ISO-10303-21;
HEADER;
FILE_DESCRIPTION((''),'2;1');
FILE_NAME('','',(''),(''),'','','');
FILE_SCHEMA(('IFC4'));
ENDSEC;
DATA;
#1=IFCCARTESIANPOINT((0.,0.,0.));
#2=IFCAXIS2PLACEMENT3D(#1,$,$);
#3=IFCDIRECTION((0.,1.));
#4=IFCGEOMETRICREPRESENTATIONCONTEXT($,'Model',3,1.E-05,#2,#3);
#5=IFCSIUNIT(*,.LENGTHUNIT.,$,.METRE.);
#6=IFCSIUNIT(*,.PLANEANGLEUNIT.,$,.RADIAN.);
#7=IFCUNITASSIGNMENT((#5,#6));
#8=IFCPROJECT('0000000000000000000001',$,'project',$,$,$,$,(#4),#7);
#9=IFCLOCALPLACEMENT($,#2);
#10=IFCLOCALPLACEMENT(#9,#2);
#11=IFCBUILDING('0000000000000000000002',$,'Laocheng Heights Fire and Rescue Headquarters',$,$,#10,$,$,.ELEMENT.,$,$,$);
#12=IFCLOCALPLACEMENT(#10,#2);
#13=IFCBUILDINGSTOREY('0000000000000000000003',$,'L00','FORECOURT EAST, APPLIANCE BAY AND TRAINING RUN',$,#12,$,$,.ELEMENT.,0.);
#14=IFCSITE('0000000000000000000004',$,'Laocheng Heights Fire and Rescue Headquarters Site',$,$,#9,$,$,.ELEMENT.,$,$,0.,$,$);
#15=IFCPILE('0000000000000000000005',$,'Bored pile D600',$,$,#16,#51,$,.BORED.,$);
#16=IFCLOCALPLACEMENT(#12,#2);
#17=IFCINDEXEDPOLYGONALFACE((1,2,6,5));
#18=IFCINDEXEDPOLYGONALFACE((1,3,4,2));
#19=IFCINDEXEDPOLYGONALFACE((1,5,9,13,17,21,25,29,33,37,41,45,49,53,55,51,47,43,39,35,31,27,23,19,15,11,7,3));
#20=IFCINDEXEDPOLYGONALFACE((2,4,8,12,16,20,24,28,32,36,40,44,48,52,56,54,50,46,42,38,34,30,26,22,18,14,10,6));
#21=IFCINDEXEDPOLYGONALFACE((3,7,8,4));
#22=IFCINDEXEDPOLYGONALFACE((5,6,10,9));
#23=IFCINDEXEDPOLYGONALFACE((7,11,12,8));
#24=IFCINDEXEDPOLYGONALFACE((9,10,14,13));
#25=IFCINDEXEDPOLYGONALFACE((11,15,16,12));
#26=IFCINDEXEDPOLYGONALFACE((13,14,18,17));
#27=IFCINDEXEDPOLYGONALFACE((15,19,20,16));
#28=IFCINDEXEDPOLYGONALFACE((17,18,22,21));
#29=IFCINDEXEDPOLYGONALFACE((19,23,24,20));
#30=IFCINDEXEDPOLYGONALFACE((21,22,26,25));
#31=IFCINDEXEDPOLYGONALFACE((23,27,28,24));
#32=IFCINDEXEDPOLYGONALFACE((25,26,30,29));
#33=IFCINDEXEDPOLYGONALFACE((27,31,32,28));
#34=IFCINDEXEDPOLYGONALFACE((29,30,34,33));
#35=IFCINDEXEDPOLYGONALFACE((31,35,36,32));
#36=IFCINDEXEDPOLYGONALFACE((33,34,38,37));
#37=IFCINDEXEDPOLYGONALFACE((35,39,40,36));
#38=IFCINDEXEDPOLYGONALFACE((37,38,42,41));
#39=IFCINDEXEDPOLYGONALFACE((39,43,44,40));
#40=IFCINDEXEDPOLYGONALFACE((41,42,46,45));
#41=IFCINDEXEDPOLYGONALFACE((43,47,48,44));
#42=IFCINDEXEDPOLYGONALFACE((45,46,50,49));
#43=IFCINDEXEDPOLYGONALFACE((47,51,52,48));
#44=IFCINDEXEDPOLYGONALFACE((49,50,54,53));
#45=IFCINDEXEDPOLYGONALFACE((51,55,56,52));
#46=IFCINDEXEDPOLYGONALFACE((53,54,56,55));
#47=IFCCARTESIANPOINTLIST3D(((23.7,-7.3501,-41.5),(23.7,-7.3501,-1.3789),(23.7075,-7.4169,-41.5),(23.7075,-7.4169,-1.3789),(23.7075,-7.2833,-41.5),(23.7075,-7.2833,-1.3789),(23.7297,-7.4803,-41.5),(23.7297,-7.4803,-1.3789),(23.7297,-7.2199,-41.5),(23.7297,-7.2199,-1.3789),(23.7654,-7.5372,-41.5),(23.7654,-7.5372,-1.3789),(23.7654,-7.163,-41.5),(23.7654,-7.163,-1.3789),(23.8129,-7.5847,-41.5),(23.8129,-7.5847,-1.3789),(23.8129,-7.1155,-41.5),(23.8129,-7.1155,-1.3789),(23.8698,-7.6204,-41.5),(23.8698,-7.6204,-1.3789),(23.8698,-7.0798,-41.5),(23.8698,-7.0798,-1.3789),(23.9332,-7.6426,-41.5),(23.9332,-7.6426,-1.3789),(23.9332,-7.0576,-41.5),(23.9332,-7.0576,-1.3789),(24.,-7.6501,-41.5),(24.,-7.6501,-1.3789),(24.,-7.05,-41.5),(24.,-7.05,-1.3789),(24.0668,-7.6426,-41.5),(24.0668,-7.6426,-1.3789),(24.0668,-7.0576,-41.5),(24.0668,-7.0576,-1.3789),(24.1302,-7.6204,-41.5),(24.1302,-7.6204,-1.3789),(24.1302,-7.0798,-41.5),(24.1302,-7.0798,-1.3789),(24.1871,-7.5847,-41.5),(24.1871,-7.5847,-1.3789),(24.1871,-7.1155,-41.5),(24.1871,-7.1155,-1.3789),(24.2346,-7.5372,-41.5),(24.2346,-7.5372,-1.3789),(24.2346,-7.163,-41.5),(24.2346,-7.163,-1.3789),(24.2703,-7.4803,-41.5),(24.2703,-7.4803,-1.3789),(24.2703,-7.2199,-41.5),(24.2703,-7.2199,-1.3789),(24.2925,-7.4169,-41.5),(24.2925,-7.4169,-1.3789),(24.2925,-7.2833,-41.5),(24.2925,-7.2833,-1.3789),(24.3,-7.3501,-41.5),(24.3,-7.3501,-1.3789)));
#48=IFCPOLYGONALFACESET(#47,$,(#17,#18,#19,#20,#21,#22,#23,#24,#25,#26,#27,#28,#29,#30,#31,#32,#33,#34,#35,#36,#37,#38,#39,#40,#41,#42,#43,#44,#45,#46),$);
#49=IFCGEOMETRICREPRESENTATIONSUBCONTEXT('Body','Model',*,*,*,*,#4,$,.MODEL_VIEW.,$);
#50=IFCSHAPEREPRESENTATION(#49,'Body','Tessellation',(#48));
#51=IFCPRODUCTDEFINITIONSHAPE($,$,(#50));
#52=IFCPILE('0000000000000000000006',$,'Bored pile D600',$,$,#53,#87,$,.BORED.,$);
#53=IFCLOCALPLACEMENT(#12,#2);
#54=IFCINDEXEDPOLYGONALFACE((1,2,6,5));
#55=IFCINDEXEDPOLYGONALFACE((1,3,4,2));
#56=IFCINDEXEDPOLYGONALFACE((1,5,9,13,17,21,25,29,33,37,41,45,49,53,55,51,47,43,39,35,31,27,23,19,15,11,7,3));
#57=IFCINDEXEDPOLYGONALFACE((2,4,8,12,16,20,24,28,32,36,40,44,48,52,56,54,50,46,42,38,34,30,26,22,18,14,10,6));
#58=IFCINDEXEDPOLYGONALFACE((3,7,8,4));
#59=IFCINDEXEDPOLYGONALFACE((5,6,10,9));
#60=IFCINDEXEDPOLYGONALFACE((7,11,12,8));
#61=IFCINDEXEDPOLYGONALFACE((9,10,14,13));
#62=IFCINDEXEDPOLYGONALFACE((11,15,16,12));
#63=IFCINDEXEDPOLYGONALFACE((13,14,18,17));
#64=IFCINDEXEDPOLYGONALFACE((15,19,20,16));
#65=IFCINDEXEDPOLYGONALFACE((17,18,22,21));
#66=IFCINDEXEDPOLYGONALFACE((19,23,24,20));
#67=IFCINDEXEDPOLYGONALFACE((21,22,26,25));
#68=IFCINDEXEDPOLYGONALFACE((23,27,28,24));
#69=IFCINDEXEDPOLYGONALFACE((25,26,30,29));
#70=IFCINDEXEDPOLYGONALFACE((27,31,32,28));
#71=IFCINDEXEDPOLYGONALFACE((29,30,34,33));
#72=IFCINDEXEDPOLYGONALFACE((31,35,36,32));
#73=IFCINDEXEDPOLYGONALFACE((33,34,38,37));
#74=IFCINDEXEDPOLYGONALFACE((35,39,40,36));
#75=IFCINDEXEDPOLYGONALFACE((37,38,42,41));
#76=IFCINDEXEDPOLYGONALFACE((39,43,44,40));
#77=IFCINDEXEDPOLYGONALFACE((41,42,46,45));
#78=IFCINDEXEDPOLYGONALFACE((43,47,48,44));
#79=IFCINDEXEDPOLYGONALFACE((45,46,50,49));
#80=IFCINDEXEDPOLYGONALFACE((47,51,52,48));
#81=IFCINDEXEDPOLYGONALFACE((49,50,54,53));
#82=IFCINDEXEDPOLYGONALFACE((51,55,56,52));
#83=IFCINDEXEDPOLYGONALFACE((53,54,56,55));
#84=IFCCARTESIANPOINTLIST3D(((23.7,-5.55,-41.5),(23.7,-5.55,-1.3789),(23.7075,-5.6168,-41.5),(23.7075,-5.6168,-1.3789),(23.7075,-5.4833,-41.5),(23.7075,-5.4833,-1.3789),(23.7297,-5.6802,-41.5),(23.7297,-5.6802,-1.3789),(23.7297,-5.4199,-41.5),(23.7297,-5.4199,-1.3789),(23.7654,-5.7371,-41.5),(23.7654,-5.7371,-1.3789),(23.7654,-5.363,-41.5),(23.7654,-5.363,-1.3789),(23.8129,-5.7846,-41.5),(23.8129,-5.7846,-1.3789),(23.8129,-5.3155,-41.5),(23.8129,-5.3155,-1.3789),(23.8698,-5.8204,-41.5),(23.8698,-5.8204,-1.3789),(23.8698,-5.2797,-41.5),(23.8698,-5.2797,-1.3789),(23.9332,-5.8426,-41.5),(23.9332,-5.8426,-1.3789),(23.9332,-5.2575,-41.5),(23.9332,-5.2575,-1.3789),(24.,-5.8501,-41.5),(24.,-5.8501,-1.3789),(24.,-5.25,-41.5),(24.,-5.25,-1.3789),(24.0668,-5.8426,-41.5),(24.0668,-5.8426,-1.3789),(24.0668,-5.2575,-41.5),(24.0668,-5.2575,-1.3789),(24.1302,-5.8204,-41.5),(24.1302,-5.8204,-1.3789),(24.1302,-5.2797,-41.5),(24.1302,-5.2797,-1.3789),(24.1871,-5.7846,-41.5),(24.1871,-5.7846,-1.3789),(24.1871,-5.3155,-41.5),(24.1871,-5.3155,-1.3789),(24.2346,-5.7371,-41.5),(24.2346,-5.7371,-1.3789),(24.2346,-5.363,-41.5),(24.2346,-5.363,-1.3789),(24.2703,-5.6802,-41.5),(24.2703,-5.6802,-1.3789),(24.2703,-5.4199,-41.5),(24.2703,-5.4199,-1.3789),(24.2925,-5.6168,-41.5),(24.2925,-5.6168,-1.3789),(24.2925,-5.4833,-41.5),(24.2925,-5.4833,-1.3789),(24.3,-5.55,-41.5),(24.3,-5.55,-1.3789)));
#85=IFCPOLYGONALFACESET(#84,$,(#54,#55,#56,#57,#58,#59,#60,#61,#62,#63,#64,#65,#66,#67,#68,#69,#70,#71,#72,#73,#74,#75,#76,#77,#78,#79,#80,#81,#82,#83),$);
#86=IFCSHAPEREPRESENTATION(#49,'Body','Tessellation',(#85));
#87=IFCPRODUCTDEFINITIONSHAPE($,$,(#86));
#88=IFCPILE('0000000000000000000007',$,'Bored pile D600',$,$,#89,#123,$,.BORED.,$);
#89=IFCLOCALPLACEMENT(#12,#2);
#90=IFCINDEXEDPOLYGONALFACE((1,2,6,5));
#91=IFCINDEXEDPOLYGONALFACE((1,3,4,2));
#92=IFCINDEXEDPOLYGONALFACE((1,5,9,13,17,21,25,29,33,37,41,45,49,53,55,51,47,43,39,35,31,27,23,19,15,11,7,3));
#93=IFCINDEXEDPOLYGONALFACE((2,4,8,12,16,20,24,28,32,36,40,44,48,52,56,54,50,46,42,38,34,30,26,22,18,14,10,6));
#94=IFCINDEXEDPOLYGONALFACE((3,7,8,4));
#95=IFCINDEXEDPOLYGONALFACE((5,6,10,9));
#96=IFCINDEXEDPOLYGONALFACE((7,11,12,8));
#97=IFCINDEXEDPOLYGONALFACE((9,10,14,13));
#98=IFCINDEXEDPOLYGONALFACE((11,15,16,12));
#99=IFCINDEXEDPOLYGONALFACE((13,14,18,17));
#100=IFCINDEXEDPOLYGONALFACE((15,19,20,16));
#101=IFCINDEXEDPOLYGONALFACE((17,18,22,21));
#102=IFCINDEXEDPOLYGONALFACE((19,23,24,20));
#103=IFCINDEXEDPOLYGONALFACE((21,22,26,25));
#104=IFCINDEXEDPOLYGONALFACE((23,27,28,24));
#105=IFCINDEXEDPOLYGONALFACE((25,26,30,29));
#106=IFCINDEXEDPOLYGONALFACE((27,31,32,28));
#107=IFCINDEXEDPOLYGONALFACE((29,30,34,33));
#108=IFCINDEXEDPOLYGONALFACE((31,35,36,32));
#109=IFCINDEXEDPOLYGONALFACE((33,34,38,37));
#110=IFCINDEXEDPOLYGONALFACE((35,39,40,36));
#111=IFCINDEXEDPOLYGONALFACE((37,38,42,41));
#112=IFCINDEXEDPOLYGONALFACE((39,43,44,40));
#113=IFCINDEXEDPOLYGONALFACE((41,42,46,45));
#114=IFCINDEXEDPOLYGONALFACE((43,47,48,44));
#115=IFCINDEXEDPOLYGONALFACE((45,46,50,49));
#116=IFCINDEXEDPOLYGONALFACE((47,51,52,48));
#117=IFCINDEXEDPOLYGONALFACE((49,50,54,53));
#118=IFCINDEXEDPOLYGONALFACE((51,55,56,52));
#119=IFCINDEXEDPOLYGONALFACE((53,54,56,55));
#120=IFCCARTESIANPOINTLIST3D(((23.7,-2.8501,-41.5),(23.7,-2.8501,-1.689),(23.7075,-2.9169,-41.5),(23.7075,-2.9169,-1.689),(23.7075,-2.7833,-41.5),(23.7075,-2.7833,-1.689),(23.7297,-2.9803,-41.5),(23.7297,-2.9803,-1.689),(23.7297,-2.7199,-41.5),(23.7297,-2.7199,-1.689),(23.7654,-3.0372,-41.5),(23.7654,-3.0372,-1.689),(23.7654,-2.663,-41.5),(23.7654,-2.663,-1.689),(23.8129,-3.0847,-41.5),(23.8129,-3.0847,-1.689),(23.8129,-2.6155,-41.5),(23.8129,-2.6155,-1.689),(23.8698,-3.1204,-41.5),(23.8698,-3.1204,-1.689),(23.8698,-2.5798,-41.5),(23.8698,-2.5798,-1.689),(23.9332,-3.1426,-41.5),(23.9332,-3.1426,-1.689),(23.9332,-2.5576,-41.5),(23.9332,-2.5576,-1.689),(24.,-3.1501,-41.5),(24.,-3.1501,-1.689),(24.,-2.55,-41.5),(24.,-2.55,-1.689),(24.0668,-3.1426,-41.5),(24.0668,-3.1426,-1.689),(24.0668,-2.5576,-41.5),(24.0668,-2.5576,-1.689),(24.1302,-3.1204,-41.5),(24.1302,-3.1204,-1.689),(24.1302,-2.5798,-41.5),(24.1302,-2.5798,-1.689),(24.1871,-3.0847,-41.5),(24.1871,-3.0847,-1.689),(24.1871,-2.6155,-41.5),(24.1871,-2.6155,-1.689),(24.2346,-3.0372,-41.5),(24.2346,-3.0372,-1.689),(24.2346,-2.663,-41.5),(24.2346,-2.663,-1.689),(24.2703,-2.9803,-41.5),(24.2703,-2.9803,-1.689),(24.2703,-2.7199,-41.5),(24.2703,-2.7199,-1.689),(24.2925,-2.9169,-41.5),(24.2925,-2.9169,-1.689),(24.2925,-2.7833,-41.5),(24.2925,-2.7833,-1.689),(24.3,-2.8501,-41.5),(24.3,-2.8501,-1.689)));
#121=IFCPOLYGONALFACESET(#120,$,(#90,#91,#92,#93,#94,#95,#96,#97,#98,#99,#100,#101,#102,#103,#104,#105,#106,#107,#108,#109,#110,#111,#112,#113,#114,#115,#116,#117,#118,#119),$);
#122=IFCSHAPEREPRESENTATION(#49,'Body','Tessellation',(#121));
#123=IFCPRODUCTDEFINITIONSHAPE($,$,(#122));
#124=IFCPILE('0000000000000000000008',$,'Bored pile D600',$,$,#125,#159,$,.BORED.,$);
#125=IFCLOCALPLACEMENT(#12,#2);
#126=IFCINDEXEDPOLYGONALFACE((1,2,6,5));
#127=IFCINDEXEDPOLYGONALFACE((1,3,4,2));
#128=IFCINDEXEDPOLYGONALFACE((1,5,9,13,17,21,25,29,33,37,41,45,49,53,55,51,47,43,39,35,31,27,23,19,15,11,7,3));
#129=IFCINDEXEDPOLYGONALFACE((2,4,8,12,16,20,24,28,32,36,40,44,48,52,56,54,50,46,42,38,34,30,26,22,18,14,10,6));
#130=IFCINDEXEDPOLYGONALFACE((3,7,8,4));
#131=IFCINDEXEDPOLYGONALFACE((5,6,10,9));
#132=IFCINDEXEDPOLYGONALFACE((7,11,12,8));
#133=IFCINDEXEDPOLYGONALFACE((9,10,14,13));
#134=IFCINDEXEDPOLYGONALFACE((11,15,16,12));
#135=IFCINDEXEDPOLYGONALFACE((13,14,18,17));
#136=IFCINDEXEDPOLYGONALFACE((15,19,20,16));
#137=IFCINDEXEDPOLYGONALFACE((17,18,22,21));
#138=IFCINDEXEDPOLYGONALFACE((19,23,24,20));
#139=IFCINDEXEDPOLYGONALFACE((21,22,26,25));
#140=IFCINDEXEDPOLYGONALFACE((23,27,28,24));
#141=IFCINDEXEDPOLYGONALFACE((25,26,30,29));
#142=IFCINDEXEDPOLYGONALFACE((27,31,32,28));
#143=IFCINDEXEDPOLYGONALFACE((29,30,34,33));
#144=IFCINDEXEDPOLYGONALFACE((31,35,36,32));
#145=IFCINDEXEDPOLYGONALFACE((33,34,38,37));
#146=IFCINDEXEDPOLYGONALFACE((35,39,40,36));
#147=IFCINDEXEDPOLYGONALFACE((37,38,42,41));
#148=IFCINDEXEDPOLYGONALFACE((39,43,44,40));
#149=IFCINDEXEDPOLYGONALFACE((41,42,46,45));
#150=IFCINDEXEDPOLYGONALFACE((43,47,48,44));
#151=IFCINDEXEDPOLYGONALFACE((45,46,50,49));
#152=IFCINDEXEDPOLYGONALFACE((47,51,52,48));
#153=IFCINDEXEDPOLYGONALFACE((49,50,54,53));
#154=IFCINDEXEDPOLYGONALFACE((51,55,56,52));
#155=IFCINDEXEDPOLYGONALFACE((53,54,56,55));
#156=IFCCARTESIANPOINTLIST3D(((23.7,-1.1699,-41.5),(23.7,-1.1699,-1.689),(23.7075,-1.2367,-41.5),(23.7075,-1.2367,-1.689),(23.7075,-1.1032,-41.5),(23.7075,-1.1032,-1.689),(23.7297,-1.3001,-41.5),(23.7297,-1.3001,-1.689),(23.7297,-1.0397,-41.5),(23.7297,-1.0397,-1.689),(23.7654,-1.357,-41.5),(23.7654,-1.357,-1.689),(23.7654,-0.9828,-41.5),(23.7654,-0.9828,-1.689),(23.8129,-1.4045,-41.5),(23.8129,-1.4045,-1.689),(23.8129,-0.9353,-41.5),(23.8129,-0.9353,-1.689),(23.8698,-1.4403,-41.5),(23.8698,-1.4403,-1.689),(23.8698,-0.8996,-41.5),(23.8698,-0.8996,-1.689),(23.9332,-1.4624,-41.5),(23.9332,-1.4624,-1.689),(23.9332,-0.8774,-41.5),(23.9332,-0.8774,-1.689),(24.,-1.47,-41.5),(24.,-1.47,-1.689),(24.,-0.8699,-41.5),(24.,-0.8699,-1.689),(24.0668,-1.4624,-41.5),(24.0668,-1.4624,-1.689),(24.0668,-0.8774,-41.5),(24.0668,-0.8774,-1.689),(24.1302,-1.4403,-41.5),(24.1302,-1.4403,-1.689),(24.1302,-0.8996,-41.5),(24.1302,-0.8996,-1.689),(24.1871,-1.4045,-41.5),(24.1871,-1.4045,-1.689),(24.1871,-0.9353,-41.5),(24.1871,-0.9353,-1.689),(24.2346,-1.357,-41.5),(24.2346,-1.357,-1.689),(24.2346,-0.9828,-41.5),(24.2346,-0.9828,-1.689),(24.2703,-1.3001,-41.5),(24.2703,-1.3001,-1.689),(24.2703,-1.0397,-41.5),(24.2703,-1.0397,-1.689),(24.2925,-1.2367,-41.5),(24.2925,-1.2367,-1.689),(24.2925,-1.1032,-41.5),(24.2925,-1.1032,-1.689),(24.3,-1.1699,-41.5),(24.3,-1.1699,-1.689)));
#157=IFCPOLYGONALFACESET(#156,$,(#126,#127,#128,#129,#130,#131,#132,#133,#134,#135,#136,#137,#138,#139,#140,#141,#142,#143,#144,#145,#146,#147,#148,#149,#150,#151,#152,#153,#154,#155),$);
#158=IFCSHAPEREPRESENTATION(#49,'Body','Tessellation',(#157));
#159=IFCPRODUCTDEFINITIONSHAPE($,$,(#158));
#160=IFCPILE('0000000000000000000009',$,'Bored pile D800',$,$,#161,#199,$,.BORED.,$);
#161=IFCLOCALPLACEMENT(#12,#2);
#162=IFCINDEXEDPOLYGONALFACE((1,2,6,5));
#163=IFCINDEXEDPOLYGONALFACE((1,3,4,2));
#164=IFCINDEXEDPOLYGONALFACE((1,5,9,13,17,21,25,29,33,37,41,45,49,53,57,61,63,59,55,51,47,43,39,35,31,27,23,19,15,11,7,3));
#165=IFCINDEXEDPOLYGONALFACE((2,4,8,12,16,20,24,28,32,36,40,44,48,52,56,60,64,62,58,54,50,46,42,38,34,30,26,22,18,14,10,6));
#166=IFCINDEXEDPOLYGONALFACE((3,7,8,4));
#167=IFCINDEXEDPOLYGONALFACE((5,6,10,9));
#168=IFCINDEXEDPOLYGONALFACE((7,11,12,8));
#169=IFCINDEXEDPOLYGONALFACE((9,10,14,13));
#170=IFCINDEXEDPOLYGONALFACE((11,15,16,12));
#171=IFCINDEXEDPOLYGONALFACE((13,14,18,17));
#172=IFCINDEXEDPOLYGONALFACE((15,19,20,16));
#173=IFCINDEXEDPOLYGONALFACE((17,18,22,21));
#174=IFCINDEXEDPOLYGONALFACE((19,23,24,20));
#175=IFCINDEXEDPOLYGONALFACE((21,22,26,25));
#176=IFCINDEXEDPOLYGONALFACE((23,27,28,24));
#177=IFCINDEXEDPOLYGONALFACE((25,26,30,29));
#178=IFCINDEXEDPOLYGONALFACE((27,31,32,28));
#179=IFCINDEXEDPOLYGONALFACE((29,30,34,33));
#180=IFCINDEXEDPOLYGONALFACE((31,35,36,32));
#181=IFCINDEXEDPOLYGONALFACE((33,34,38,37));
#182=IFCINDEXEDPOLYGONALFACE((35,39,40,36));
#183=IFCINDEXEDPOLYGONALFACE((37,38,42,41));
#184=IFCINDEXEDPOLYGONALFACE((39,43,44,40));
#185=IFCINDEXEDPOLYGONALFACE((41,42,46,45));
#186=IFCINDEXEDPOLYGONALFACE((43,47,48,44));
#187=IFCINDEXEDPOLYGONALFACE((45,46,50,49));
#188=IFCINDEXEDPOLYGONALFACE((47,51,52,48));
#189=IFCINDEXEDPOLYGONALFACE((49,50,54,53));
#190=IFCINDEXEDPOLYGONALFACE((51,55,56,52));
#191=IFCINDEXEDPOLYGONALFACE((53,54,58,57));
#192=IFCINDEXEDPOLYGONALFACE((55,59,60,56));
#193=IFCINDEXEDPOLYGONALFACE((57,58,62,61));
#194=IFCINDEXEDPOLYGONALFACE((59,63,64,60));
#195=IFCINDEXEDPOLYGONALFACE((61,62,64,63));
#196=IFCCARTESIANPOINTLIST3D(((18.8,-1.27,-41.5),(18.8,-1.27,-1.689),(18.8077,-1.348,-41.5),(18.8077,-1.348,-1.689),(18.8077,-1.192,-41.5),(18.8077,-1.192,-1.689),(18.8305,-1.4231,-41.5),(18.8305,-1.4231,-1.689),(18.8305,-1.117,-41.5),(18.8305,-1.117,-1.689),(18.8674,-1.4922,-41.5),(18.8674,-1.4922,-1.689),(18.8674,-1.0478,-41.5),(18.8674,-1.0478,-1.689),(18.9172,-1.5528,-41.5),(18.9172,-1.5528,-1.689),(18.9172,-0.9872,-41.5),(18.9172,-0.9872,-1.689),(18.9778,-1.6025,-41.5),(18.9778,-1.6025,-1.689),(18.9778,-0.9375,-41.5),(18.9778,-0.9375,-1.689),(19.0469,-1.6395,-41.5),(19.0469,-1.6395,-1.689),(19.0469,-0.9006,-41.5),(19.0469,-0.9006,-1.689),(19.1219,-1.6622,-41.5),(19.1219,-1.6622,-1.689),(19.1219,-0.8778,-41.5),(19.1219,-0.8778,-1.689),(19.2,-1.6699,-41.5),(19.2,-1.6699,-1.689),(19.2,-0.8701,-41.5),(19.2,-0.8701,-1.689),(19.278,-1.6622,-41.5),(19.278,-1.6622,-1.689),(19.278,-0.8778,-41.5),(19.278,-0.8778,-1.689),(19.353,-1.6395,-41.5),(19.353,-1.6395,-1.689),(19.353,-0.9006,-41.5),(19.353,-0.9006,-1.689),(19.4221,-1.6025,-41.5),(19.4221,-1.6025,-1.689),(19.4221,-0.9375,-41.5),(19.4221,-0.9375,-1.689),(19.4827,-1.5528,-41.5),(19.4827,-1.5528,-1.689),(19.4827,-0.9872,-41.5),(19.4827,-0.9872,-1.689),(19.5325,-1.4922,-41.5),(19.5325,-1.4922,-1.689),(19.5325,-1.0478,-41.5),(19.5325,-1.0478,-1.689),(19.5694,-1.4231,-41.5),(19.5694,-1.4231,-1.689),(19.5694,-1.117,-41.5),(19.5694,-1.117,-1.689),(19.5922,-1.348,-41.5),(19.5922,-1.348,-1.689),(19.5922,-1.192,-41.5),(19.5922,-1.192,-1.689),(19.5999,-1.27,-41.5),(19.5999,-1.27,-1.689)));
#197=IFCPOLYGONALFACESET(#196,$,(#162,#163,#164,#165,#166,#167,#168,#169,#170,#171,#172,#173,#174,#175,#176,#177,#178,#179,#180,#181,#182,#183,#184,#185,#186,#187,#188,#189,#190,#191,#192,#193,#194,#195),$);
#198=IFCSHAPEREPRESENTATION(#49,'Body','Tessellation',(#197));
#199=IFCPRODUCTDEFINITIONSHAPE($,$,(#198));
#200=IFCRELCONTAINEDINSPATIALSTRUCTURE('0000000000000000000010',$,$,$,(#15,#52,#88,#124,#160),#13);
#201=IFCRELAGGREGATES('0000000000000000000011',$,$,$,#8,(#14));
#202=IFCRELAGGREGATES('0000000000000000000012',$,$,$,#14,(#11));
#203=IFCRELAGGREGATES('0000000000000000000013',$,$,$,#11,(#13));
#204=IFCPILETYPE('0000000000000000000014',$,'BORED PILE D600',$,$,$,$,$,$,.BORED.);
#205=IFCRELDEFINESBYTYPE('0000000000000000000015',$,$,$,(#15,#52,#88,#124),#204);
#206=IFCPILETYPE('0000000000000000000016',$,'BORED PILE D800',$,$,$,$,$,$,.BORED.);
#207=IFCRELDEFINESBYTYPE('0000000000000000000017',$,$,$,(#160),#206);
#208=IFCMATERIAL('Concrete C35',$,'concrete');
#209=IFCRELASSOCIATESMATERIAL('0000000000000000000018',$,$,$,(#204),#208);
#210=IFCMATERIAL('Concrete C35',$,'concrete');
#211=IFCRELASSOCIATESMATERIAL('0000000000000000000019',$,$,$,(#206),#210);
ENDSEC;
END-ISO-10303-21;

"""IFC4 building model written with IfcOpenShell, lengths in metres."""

from ifc_helpers import new_model, si_unit, direction, frame, origin, origin_2d, place, context, subcontext, project, spatial, circle, extrude, material, material_profile, profile_set, type_object, element, save


model = new_model("IFC4")

# Units and contexts
model_context = context("Model", 3, precision=1e-05, world=origin(), true_north=direction((0.0, 1.0)))
body_context = subcontext(model_context, "Body", "Model", "MODEL_VIEW")
ifc_project = project(units=[si_unit("LENGTHUNIT", "METRE"), si_unit("PLANEANGLEUNIT", "RADIAN")], contexts=[model_context])

# Site, building, storey
site_placement = place(None, origin())
site = spatial("IfcSite", under=ifc_project, at=site_placement, Name="Laocheng Heights Fire and Rescue Headquarters Site", CompositionType="ELEMENT", RefElevation=0.0)
building_placement = place(site_placement, origin())
building = spatial("IfcBuilding", under=site, at=building_placement, Name="Laocheng Heights Fire and Rescue Headquarters", CompositionType="ELEMENT")
storey_placement = place(building_placement, origin())
storey = spatial("IfcBuildingStorey", under=building, at=storey_placement, Name="L00", Description="FORECOURT EAST, APPLIANCE BAY AND TRAINING RUN", CompositionType="ELEMENT", Elevation=0.0)

# Piles
ifc_material_1 = material(Name="Concrete C35", Category="concrete")
ifc_material_profile_1 = material_profile(ifc_material_1, circle(Radius=0.3, at=origin_2d()), Name="BORED PILE D600")
ifc_profile_set_1 = profile_set([ifc_material_profile_1], Name="Concrete C35")
pile_type_1 = type_object("IfcPileType", Name="BORED PILE D600", PredefinedType="BORED", material=ifc_profile_set_1)
for number, where, z_axis, x_axis, name in (
    (1, (24.0, -7.3501, -1.3789), (0.0, 0.0, -1.0), (1.0, 0.0, 0.0), "Bored pile D600"),
    (2, (24.0, -5.55, -1.3789), (0.0, 0.0, -1.0), (1.0, 0.0, 0.0), "Bored pile D600"),
):
    element("IfcPile", number, at=place(storey_placement, frame(where, z_axis=z_axis, x_axis=x_axis)), inside=storey, type_object=pile_type_1, Name=name, PredefinedType="BORED", context=body_context, shape_type="SweptSolid", body=[
        extrude(circle(Radius=0.3, at=origin_2d()), origin(), (0.0, 0.0, 1.0), 40.1211),
    ])
for number, where, z_axis, x_axis, name in (
    (3, (24.0, -2.8501, -1.689), (0.0, 0.0, -1.0), (1.0, 0.0, 0.0), "Bored pile D600"),
    (4, (24.0, -1.1699, -1.689), (0.0, 0.0, -1.0), (1.0, 0.0, 0.0), "Bored pile D600"),
):
    element("IfcPile", number, at=place(storey_placement, frame(where, z_axis=z_axis, x_axis=x_axis)), inside=storey, type_object=pile_type_1, Name=name, PredefinedType="BORED", context=body_context, shape_type="SweptSolid", body=[
        extrude(circle(Radius=0.3, at=origin_2d()), origin(), (0.0, 0.0, 1.0), 39.811),
    ])
ifc_material_2 = material(Name="Concrete C35", Category="concrete")
ifc_material_profile_2 = material_profile(ifc_material_2, circle(Radius=0.3999, at=origin_2d()), Name="BORED PILE D800")
ifc_profile_set_2 = profile_set([ifc_material_profile_2], Name="Concrete C35")
pile_type_2 = type_object("IfcPileType", Name="BORED PILE D800", PredefinedType="BORED", material=ifc_profile_set_2)
for number, where, z_axis, x_axis, name in (
    (5, (19.2, -1.27, -1.689), (0.0, 0.0, -1.0), (1.0, 0.0, 0.0), "Bored pile D800"),
):
    element("IfcPile", number, at=place(storey_placement, frame(where, z_axis=z_axis, x_axis=x_axis)), inside=storey, type_object=pile_type_2, Name=name, PredefinedType="BORED", context=body_context, shape_type="SweptSolid", body=[
        extrude(circle(Radius=0.3999, at=origin_2d()), origin(), (0.0, 0.0, 1.0), 39.811),
    ])

save(model, "model.ifc")
